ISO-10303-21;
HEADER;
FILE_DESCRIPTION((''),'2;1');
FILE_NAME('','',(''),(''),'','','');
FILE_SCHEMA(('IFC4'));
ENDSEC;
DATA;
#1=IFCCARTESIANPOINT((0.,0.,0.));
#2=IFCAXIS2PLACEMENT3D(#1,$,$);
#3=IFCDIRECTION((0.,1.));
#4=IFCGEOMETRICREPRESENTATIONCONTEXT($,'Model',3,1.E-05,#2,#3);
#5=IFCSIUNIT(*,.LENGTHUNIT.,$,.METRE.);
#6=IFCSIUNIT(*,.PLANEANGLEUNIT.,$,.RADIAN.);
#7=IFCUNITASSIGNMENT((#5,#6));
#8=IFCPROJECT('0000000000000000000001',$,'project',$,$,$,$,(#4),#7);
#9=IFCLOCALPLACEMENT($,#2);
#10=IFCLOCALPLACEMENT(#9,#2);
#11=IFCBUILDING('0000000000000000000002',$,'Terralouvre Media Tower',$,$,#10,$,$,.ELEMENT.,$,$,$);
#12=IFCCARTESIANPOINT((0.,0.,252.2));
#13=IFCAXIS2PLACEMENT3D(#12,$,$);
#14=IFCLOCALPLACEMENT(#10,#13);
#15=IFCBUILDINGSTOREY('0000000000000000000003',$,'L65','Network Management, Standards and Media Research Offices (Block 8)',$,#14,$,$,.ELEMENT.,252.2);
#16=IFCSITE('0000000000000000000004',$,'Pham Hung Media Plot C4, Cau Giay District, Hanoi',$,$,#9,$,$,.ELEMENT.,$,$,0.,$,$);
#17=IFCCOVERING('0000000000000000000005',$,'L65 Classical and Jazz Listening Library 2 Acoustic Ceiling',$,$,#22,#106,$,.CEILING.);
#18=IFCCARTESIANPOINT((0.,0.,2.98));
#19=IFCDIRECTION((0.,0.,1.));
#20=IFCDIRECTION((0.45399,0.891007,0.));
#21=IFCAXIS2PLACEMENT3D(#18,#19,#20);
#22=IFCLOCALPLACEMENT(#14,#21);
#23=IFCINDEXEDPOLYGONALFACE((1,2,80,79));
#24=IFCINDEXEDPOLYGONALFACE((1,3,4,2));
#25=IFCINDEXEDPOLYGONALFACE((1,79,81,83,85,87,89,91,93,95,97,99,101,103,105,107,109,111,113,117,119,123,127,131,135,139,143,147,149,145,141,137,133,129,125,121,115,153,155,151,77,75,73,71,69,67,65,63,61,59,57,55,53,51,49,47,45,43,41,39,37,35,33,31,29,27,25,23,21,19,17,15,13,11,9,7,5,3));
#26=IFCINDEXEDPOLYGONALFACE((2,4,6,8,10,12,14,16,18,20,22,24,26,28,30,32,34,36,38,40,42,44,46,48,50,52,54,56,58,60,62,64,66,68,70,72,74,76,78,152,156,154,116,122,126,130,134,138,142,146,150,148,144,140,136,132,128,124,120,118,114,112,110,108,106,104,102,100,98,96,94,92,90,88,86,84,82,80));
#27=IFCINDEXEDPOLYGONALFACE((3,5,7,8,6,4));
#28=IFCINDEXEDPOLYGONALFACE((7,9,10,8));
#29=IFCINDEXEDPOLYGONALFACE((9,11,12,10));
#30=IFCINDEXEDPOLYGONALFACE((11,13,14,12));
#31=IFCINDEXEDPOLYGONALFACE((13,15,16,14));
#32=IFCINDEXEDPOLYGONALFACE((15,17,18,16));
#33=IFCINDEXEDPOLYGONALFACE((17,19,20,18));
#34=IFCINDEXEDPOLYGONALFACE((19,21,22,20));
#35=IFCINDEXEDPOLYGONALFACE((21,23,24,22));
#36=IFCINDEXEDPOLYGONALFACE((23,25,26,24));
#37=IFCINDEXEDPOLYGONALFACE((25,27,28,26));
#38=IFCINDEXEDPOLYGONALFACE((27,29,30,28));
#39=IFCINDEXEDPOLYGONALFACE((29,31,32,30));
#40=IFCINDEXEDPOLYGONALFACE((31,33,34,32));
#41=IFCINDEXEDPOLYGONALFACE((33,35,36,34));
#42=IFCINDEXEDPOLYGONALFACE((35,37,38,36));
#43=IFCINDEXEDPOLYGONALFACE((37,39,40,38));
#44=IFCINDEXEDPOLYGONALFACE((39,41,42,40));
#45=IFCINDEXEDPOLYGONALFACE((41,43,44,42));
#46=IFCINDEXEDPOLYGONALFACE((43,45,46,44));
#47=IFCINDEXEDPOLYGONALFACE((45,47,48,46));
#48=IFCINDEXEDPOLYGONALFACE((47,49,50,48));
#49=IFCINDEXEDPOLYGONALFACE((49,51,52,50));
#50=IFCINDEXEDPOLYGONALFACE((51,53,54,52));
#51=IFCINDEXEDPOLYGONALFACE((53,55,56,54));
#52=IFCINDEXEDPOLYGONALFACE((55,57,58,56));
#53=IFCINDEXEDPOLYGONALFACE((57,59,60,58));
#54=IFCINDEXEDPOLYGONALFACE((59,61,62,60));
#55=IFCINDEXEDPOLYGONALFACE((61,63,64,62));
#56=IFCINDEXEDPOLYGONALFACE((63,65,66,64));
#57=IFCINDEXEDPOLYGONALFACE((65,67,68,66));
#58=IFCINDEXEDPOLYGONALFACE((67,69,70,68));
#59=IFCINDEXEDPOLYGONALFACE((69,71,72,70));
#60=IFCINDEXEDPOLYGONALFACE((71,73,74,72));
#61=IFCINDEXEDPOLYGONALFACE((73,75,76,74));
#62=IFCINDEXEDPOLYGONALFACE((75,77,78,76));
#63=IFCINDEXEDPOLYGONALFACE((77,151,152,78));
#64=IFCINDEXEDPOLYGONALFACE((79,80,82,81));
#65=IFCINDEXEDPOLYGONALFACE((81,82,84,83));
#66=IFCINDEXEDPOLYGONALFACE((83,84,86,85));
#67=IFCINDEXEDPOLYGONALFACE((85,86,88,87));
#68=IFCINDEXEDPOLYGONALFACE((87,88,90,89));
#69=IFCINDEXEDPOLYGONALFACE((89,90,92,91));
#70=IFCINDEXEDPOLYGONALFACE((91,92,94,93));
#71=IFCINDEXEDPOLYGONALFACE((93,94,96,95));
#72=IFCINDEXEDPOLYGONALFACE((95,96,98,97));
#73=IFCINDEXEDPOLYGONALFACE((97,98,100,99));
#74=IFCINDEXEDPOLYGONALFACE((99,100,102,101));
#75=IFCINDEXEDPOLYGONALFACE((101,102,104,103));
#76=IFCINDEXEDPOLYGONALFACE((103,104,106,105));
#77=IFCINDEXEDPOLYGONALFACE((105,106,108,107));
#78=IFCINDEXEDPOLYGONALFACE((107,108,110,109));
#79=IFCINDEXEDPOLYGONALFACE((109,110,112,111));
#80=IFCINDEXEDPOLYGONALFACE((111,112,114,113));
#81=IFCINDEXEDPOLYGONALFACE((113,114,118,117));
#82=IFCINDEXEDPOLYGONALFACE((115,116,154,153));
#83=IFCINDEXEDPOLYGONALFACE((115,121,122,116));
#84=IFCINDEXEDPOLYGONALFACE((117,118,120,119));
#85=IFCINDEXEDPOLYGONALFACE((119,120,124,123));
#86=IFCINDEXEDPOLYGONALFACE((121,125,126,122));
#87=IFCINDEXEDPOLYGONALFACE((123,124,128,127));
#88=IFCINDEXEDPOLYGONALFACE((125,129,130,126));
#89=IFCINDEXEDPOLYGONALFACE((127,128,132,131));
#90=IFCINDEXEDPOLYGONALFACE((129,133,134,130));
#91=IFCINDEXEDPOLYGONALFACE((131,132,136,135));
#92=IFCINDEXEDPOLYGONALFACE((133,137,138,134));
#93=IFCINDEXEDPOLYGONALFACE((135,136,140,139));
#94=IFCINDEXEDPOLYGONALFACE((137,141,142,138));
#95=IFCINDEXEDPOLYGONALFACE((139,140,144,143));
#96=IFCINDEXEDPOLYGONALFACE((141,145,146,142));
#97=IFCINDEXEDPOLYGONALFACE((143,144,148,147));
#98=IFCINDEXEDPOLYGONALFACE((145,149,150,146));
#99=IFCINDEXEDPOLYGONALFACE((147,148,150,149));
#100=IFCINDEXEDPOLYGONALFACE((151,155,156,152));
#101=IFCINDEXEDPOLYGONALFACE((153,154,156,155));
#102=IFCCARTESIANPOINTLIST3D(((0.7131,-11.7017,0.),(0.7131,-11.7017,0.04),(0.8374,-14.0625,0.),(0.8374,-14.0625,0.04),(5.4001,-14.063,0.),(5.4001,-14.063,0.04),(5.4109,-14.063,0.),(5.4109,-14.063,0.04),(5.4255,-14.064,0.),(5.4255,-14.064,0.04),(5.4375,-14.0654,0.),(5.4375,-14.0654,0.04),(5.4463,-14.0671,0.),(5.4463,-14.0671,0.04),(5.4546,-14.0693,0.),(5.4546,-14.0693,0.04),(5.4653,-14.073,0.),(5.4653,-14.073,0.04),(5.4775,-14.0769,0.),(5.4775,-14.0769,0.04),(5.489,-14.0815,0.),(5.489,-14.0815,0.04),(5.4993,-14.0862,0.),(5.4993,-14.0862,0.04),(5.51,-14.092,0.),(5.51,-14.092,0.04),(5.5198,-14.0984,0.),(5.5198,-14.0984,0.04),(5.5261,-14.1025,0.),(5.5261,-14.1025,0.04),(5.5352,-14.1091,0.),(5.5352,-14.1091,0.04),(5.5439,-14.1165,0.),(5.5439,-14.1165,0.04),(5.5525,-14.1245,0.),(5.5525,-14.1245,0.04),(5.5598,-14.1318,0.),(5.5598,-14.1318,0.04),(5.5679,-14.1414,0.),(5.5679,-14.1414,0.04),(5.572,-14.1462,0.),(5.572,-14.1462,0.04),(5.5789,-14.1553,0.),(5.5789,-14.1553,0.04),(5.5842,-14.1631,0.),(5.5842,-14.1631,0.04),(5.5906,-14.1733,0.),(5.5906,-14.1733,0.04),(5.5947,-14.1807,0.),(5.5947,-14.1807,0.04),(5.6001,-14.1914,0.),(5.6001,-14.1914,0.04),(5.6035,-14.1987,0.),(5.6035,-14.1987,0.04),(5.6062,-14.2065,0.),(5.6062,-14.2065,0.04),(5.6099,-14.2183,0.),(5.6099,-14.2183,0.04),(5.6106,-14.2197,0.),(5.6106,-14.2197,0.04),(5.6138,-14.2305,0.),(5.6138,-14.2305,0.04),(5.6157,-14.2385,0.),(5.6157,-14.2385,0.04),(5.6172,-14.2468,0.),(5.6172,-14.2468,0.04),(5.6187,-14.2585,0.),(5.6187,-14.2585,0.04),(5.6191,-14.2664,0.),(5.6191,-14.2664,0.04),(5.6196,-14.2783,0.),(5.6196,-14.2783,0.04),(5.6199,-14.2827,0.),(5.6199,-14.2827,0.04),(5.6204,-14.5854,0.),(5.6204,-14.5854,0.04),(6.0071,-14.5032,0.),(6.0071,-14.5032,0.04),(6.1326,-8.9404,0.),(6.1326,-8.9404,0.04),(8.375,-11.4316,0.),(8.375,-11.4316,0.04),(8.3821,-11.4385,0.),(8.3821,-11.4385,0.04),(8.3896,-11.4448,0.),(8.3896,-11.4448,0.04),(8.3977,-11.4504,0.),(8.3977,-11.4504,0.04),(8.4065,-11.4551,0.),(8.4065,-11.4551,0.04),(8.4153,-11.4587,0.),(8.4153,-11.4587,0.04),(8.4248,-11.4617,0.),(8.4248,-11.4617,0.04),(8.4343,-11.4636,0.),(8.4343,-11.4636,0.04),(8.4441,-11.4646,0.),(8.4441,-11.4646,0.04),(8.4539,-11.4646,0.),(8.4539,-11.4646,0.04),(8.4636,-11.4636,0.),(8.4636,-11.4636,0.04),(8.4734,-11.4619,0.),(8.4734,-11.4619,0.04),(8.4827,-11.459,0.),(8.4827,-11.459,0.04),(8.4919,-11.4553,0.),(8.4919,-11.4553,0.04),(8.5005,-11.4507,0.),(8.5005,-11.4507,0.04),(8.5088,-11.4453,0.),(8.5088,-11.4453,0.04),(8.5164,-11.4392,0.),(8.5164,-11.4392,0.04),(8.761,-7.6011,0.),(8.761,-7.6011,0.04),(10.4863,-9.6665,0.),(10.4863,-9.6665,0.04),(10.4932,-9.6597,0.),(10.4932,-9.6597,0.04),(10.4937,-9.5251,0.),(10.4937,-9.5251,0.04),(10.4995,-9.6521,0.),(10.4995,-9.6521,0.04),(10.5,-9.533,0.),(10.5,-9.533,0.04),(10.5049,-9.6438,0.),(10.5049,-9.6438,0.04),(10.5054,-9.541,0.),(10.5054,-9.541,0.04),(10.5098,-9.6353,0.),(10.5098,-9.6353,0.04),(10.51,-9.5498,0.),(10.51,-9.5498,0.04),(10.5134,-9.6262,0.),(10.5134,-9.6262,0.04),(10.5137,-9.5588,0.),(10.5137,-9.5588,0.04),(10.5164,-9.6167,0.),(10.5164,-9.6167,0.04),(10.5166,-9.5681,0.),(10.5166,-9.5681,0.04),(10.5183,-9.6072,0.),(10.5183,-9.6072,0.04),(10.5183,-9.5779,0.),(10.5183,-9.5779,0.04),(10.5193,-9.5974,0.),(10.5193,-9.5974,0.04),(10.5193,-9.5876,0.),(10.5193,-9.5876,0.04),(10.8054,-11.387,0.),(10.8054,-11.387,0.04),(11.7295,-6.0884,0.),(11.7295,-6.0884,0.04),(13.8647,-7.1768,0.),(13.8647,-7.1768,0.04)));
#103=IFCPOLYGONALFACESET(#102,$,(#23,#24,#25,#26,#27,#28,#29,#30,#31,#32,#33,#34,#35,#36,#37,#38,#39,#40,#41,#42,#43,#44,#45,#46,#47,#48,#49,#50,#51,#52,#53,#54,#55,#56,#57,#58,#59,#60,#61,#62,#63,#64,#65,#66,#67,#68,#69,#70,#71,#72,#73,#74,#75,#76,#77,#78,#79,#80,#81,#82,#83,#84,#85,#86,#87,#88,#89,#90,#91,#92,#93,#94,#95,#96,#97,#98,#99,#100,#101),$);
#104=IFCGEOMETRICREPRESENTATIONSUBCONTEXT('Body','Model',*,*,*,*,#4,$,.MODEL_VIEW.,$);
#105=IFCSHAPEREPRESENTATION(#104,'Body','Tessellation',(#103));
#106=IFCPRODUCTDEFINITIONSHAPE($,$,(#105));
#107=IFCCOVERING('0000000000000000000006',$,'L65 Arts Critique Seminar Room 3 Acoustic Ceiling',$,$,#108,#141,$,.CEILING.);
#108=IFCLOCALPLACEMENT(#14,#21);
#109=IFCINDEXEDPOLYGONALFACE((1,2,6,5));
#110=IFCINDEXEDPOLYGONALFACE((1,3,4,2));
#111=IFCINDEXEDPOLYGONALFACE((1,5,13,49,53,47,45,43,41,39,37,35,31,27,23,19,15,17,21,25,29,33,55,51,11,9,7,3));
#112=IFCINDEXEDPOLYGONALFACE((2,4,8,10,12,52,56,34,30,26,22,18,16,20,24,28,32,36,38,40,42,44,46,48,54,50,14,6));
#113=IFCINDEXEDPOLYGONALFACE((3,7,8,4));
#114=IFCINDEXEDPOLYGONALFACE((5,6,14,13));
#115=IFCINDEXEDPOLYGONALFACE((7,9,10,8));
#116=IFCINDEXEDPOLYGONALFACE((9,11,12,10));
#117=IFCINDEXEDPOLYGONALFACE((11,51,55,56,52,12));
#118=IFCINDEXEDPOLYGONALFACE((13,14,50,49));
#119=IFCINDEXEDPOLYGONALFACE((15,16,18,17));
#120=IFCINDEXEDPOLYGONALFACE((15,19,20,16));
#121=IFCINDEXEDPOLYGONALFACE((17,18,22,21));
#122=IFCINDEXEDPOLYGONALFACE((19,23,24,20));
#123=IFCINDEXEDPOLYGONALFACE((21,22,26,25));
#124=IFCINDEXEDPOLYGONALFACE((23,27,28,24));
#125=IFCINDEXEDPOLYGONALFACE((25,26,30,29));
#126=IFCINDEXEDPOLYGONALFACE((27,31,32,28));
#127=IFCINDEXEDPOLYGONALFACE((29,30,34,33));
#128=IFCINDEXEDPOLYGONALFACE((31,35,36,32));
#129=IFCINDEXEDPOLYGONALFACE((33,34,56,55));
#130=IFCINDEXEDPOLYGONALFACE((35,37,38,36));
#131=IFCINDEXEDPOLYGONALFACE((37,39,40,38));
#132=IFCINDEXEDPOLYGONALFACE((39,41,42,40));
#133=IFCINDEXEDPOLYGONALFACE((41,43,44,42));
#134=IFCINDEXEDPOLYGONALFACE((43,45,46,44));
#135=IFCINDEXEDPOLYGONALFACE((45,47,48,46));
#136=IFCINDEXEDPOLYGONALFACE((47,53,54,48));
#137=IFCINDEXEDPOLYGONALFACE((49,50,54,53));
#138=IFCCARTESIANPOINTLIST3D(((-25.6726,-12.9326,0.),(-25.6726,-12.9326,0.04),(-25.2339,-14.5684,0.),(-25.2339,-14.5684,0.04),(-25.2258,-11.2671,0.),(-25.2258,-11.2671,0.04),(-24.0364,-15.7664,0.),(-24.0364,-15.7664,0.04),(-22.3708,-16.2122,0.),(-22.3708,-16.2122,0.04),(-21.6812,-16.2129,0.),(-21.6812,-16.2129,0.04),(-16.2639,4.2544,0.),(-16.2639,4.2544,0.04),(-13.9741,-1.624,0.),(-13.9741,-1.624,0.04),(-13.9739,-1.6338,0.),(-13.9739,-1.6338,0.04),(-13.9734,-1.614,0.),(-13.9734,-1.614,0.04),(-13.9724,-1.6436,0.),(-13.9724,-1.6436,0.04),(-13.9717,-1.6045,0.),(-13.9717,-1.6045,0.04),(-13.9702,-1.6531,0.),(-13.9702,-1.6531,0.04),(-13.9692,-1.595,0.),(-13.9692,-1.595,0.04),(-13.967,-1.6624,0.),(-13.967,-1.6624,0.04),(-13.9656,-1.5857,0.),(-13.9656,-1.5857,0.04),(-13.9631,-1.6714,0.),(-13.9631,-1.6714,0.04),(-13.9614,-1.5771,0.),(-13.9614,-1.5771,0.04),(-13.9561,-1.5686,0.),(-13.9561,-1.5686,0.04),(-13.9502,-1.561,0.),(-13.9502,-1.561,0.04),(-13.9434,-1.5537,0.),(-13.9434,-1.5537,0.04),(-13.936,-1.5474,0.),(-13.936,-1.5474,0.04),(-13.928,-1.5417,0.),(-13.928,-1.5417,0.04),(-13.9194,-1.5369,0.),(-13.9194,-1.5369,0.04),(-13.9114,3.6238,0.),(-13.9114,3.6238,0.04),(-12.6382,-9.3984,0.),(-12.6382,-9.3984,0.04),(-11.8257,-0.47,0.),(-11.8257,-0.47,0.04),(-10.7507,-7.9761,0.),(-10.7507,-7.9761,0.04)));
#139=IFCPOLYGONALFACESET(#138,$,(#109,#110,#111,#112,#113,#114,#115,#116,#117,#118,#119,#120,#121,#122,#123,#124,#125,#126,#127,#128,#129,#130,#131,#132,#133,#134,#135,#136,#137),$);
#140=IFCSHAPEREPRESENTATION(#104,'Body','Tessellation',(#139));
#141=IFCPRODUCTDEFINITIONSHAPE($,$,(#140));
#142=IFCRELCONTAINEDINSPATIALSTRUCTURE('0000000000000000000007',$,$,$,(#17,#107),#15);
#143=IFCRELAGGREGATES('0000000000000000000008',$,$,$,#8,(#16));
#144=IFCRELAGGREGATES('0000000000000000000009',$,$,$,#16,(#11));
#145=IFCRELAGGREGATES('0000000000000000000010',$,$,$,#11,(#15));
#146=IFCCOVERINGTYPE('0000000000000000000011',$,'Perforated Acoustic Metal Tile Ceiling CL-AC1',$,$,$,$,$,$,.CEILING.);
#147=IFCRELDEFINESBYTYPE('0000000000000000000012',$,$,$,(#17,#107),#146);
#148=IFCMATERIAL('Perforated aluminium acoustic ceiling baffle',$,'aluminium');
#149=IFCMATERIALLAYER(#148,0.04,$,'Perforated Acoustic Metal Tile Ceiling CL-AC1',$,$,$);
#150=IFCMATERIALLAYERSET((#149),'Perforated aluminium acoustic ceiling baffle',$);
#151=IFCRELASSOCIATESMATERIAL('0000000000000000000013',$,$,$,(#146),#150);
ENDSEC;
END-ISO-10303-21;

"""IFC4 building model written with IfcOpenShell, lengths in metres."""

from ifc_helpers import new_model, si_unit, direction, frame, origin, place, context, subcontext, project, spatial, polyline, outline, extrude, material, layer, layer_set, type_object, element, save


model = new_model("IFC4")

# Units and contexts
model_context = context("Model", 3, precision=1e-05, world=origin(), true_north=direction((0.0, 1.0)))
body_context = subcontext(model_context, "Body", "Model", "MODEL_VIEW")
ifc_project = project(units=[si_unit("LENGTHUNIT", "METRE"), si_unit("PLANEANGLEUNIT", "RADIAN")], contexts=[model_context])

# Site, building, storey
site_placement = place(None, origin())
site = spatial("IfcSite", under=ifc_project, at=site_placement, Name="Pham Hung Media Plot C4, Cau Giay District, Hanoi", CompositionType="ELEMENT", RefElevation=0.0)
building_placement = place(site_placement, origin())
building = spatial("IfcBuilding", under=site, at=building_placement, Name="Terralouvre Media Tower", CompositionType="ELEMENT")
storey_placement = place(building_placement, frame((0.0, 0.0, 252.2)))
storey = spatial("IfcBuildingStorey", under=building, at=storey_placement, Name="L65", Description="Network Management, Standards and Media Research Offices (Block 8)", CompositionType="ELEMENT", Elevation=252.2)

# Coverings
ifc_material_1 = material(Name="Perforated aluminium acoustic ceiling baffle", Category="aluminium")
ifc_layer_1 = layer(ifc_material_1, 0.04, Name="Perforated Acoustic Metal Tile Ceiling CL-AC1")
ifc_layer_set_1 = layer_set([ifc_layer_1], Name="Perforated aluminium acoustic ceiling baffle")
covering_type_1 = type_object("IfcCoveringType", Name="Perforated Acoustic Metal Tile Ceiling CL-AC1", PredefinedType="CEILING", material=ifc_layer_set_1)
covering_1_placement = place(storey_placement, frame((0.0, 0.0, 2.98), z_axis=(0.0, 0.0, 1.0), x_axis=(0.45399, 0.891007, 0.0)))
element("IfcCovering", 1, at=covering_1_placement, inside=storey, type_object=covering_type_1, Name="L65 Classical and Jazz Listening Library 2 Acoustic Ceiling", PredefinedType="CEILING", context=body_context, shape_type="SweptSolid", body=[
    extrude(outline(polyline([(10.8054, -11.387), (13.8647, -7.1768), (11.7295, -6.0884), (8.761, -7.6011), (10.4937, -9.5251), (10.5, -9.533), (10.5054, -9.541), (10.51, -9.5498), (10.5137, -9.5588), (10.5166, -9.5681), (10.5183, -9.5779), (10.5193, -9.5876), (10.5193, -9.5974), (10.5183, -9.6072), (10.5164, -9.6167), (10.5134, -9.6262), (10.5098, -9.6353), (10.5049, -9.6438), (10.4995, -9.6521), (10.4932, -9.6597), (10.4863, -9.6665), (8.5164, -11.4392), (8.5088, -11.4453), (8.5005, -11.4507), (8.4919, -11.4553), (8.4827, -11.459), (8.4734, -11.4619), (8.4636, -11.4636), (8.4539, -11.4646), (8.4441, -11.4646), (8.4343, -11.4636), (8.4248, -11.4617), (8.4153, -11.4587), (8.4065, -11.4551), (8.3977, -11.4504), (8.3896, -11.4448), (8.3821, -11.4385), (8.375, -11.4316), (6.1326, -8.9404), (0.7131, -11.7017), (0.8374, -14.0625), (5.4001, -14.063), (5.4109, -14.063), (5.4255, -14.064), (5.4375, -14.0654), (5.4463, -14.0671), (5.4546, -14.0693), (5.4653, -14.073), (5.4775, -14.0769), (5.489, -14.0815), (5.4993, -14.0862), (5.51, -14.092), (5.5198, -14.0984), (5.5261, -14.1025), (5.5352, -14.1091), (5.5439, -14.1165), (5.5525, -14.1245), (5.5598, -14.1318), (5.5679, -14.1414), (5.572, -14.1462), (5.5789, -14.1553), (5.5842, -14.1631), (5.5906, -14.1733), (5.5947, -14.1807), (5.6001, -14.1914), (5.6035, -14.1987), (5.6062, -14.2065), (5.6099, -14.2183), (5.6106, -14.2197), (5.6138, -14.2305), (5.6157, -14.2385), (5.6172, -14.2468), (5.6187, -14.2585), (5.6191, -14.2664), (5.6196, -14.2783), (5.6199, -14.2827), (5.6204, -14.5854), (6.0071, -14.5032), (10.8054, -11.387)])), origin(), (0.0, 0.0, 1.0), 0.04),
])
covering_2_placement = place(storey_placement, frame((0.0, 0.0, 2.98), z_axis=(0.0, 0.0, 1.0), x_axis=(0.45399, 0.891007, 0.0)))
element("IfcCovering", 2, at=covering_2_placement, inside=storey, type_object=covering_type_1, Name="L65 Arts Critique Seminar Room 3 Acoustic Ceiling", PredefinedType="CEILING", context=body_context, shape_type="SweptSolid", body=[
    extrude(outline(polyline([(-21.6812, -16.2129), (-12.6382, -9.3984), (-10.7507, -7.9761), (-13.9631, -1.6714), (-13.967, -1.6624), (-13.9702, -1.6531), (-13.9724, -1.6436), (-13.9739, -1.6338), (-13.9741, -1.624), (-13.9734, -1.614), (-13.9717, -1.6045), (-13.9692, -1.595), (-13.9656, -1.5857), (-13.9614, -1.5771), (-13.9561, -1.5686), (-13.9502, -1.561), (-13.9434, -1.5537), (-13.936, -1.5474), (-13.928, -1.5417), (-13.9194, -1.5369), (-11.8257, -0.47), (-13.9114, 3.6238), (-16.2639, 4.2544), (-25.2258, -11.2671), (-25.6726, -12.9326), (-25.2339, -14.5684), (-24.0364, -15.7664), (-22.3708, -16.2122), (-21.6812, -16.2129)])), origin(), (0.0, 0.0, 1.0), 0.04),
])

save(model, "model.ifc")
